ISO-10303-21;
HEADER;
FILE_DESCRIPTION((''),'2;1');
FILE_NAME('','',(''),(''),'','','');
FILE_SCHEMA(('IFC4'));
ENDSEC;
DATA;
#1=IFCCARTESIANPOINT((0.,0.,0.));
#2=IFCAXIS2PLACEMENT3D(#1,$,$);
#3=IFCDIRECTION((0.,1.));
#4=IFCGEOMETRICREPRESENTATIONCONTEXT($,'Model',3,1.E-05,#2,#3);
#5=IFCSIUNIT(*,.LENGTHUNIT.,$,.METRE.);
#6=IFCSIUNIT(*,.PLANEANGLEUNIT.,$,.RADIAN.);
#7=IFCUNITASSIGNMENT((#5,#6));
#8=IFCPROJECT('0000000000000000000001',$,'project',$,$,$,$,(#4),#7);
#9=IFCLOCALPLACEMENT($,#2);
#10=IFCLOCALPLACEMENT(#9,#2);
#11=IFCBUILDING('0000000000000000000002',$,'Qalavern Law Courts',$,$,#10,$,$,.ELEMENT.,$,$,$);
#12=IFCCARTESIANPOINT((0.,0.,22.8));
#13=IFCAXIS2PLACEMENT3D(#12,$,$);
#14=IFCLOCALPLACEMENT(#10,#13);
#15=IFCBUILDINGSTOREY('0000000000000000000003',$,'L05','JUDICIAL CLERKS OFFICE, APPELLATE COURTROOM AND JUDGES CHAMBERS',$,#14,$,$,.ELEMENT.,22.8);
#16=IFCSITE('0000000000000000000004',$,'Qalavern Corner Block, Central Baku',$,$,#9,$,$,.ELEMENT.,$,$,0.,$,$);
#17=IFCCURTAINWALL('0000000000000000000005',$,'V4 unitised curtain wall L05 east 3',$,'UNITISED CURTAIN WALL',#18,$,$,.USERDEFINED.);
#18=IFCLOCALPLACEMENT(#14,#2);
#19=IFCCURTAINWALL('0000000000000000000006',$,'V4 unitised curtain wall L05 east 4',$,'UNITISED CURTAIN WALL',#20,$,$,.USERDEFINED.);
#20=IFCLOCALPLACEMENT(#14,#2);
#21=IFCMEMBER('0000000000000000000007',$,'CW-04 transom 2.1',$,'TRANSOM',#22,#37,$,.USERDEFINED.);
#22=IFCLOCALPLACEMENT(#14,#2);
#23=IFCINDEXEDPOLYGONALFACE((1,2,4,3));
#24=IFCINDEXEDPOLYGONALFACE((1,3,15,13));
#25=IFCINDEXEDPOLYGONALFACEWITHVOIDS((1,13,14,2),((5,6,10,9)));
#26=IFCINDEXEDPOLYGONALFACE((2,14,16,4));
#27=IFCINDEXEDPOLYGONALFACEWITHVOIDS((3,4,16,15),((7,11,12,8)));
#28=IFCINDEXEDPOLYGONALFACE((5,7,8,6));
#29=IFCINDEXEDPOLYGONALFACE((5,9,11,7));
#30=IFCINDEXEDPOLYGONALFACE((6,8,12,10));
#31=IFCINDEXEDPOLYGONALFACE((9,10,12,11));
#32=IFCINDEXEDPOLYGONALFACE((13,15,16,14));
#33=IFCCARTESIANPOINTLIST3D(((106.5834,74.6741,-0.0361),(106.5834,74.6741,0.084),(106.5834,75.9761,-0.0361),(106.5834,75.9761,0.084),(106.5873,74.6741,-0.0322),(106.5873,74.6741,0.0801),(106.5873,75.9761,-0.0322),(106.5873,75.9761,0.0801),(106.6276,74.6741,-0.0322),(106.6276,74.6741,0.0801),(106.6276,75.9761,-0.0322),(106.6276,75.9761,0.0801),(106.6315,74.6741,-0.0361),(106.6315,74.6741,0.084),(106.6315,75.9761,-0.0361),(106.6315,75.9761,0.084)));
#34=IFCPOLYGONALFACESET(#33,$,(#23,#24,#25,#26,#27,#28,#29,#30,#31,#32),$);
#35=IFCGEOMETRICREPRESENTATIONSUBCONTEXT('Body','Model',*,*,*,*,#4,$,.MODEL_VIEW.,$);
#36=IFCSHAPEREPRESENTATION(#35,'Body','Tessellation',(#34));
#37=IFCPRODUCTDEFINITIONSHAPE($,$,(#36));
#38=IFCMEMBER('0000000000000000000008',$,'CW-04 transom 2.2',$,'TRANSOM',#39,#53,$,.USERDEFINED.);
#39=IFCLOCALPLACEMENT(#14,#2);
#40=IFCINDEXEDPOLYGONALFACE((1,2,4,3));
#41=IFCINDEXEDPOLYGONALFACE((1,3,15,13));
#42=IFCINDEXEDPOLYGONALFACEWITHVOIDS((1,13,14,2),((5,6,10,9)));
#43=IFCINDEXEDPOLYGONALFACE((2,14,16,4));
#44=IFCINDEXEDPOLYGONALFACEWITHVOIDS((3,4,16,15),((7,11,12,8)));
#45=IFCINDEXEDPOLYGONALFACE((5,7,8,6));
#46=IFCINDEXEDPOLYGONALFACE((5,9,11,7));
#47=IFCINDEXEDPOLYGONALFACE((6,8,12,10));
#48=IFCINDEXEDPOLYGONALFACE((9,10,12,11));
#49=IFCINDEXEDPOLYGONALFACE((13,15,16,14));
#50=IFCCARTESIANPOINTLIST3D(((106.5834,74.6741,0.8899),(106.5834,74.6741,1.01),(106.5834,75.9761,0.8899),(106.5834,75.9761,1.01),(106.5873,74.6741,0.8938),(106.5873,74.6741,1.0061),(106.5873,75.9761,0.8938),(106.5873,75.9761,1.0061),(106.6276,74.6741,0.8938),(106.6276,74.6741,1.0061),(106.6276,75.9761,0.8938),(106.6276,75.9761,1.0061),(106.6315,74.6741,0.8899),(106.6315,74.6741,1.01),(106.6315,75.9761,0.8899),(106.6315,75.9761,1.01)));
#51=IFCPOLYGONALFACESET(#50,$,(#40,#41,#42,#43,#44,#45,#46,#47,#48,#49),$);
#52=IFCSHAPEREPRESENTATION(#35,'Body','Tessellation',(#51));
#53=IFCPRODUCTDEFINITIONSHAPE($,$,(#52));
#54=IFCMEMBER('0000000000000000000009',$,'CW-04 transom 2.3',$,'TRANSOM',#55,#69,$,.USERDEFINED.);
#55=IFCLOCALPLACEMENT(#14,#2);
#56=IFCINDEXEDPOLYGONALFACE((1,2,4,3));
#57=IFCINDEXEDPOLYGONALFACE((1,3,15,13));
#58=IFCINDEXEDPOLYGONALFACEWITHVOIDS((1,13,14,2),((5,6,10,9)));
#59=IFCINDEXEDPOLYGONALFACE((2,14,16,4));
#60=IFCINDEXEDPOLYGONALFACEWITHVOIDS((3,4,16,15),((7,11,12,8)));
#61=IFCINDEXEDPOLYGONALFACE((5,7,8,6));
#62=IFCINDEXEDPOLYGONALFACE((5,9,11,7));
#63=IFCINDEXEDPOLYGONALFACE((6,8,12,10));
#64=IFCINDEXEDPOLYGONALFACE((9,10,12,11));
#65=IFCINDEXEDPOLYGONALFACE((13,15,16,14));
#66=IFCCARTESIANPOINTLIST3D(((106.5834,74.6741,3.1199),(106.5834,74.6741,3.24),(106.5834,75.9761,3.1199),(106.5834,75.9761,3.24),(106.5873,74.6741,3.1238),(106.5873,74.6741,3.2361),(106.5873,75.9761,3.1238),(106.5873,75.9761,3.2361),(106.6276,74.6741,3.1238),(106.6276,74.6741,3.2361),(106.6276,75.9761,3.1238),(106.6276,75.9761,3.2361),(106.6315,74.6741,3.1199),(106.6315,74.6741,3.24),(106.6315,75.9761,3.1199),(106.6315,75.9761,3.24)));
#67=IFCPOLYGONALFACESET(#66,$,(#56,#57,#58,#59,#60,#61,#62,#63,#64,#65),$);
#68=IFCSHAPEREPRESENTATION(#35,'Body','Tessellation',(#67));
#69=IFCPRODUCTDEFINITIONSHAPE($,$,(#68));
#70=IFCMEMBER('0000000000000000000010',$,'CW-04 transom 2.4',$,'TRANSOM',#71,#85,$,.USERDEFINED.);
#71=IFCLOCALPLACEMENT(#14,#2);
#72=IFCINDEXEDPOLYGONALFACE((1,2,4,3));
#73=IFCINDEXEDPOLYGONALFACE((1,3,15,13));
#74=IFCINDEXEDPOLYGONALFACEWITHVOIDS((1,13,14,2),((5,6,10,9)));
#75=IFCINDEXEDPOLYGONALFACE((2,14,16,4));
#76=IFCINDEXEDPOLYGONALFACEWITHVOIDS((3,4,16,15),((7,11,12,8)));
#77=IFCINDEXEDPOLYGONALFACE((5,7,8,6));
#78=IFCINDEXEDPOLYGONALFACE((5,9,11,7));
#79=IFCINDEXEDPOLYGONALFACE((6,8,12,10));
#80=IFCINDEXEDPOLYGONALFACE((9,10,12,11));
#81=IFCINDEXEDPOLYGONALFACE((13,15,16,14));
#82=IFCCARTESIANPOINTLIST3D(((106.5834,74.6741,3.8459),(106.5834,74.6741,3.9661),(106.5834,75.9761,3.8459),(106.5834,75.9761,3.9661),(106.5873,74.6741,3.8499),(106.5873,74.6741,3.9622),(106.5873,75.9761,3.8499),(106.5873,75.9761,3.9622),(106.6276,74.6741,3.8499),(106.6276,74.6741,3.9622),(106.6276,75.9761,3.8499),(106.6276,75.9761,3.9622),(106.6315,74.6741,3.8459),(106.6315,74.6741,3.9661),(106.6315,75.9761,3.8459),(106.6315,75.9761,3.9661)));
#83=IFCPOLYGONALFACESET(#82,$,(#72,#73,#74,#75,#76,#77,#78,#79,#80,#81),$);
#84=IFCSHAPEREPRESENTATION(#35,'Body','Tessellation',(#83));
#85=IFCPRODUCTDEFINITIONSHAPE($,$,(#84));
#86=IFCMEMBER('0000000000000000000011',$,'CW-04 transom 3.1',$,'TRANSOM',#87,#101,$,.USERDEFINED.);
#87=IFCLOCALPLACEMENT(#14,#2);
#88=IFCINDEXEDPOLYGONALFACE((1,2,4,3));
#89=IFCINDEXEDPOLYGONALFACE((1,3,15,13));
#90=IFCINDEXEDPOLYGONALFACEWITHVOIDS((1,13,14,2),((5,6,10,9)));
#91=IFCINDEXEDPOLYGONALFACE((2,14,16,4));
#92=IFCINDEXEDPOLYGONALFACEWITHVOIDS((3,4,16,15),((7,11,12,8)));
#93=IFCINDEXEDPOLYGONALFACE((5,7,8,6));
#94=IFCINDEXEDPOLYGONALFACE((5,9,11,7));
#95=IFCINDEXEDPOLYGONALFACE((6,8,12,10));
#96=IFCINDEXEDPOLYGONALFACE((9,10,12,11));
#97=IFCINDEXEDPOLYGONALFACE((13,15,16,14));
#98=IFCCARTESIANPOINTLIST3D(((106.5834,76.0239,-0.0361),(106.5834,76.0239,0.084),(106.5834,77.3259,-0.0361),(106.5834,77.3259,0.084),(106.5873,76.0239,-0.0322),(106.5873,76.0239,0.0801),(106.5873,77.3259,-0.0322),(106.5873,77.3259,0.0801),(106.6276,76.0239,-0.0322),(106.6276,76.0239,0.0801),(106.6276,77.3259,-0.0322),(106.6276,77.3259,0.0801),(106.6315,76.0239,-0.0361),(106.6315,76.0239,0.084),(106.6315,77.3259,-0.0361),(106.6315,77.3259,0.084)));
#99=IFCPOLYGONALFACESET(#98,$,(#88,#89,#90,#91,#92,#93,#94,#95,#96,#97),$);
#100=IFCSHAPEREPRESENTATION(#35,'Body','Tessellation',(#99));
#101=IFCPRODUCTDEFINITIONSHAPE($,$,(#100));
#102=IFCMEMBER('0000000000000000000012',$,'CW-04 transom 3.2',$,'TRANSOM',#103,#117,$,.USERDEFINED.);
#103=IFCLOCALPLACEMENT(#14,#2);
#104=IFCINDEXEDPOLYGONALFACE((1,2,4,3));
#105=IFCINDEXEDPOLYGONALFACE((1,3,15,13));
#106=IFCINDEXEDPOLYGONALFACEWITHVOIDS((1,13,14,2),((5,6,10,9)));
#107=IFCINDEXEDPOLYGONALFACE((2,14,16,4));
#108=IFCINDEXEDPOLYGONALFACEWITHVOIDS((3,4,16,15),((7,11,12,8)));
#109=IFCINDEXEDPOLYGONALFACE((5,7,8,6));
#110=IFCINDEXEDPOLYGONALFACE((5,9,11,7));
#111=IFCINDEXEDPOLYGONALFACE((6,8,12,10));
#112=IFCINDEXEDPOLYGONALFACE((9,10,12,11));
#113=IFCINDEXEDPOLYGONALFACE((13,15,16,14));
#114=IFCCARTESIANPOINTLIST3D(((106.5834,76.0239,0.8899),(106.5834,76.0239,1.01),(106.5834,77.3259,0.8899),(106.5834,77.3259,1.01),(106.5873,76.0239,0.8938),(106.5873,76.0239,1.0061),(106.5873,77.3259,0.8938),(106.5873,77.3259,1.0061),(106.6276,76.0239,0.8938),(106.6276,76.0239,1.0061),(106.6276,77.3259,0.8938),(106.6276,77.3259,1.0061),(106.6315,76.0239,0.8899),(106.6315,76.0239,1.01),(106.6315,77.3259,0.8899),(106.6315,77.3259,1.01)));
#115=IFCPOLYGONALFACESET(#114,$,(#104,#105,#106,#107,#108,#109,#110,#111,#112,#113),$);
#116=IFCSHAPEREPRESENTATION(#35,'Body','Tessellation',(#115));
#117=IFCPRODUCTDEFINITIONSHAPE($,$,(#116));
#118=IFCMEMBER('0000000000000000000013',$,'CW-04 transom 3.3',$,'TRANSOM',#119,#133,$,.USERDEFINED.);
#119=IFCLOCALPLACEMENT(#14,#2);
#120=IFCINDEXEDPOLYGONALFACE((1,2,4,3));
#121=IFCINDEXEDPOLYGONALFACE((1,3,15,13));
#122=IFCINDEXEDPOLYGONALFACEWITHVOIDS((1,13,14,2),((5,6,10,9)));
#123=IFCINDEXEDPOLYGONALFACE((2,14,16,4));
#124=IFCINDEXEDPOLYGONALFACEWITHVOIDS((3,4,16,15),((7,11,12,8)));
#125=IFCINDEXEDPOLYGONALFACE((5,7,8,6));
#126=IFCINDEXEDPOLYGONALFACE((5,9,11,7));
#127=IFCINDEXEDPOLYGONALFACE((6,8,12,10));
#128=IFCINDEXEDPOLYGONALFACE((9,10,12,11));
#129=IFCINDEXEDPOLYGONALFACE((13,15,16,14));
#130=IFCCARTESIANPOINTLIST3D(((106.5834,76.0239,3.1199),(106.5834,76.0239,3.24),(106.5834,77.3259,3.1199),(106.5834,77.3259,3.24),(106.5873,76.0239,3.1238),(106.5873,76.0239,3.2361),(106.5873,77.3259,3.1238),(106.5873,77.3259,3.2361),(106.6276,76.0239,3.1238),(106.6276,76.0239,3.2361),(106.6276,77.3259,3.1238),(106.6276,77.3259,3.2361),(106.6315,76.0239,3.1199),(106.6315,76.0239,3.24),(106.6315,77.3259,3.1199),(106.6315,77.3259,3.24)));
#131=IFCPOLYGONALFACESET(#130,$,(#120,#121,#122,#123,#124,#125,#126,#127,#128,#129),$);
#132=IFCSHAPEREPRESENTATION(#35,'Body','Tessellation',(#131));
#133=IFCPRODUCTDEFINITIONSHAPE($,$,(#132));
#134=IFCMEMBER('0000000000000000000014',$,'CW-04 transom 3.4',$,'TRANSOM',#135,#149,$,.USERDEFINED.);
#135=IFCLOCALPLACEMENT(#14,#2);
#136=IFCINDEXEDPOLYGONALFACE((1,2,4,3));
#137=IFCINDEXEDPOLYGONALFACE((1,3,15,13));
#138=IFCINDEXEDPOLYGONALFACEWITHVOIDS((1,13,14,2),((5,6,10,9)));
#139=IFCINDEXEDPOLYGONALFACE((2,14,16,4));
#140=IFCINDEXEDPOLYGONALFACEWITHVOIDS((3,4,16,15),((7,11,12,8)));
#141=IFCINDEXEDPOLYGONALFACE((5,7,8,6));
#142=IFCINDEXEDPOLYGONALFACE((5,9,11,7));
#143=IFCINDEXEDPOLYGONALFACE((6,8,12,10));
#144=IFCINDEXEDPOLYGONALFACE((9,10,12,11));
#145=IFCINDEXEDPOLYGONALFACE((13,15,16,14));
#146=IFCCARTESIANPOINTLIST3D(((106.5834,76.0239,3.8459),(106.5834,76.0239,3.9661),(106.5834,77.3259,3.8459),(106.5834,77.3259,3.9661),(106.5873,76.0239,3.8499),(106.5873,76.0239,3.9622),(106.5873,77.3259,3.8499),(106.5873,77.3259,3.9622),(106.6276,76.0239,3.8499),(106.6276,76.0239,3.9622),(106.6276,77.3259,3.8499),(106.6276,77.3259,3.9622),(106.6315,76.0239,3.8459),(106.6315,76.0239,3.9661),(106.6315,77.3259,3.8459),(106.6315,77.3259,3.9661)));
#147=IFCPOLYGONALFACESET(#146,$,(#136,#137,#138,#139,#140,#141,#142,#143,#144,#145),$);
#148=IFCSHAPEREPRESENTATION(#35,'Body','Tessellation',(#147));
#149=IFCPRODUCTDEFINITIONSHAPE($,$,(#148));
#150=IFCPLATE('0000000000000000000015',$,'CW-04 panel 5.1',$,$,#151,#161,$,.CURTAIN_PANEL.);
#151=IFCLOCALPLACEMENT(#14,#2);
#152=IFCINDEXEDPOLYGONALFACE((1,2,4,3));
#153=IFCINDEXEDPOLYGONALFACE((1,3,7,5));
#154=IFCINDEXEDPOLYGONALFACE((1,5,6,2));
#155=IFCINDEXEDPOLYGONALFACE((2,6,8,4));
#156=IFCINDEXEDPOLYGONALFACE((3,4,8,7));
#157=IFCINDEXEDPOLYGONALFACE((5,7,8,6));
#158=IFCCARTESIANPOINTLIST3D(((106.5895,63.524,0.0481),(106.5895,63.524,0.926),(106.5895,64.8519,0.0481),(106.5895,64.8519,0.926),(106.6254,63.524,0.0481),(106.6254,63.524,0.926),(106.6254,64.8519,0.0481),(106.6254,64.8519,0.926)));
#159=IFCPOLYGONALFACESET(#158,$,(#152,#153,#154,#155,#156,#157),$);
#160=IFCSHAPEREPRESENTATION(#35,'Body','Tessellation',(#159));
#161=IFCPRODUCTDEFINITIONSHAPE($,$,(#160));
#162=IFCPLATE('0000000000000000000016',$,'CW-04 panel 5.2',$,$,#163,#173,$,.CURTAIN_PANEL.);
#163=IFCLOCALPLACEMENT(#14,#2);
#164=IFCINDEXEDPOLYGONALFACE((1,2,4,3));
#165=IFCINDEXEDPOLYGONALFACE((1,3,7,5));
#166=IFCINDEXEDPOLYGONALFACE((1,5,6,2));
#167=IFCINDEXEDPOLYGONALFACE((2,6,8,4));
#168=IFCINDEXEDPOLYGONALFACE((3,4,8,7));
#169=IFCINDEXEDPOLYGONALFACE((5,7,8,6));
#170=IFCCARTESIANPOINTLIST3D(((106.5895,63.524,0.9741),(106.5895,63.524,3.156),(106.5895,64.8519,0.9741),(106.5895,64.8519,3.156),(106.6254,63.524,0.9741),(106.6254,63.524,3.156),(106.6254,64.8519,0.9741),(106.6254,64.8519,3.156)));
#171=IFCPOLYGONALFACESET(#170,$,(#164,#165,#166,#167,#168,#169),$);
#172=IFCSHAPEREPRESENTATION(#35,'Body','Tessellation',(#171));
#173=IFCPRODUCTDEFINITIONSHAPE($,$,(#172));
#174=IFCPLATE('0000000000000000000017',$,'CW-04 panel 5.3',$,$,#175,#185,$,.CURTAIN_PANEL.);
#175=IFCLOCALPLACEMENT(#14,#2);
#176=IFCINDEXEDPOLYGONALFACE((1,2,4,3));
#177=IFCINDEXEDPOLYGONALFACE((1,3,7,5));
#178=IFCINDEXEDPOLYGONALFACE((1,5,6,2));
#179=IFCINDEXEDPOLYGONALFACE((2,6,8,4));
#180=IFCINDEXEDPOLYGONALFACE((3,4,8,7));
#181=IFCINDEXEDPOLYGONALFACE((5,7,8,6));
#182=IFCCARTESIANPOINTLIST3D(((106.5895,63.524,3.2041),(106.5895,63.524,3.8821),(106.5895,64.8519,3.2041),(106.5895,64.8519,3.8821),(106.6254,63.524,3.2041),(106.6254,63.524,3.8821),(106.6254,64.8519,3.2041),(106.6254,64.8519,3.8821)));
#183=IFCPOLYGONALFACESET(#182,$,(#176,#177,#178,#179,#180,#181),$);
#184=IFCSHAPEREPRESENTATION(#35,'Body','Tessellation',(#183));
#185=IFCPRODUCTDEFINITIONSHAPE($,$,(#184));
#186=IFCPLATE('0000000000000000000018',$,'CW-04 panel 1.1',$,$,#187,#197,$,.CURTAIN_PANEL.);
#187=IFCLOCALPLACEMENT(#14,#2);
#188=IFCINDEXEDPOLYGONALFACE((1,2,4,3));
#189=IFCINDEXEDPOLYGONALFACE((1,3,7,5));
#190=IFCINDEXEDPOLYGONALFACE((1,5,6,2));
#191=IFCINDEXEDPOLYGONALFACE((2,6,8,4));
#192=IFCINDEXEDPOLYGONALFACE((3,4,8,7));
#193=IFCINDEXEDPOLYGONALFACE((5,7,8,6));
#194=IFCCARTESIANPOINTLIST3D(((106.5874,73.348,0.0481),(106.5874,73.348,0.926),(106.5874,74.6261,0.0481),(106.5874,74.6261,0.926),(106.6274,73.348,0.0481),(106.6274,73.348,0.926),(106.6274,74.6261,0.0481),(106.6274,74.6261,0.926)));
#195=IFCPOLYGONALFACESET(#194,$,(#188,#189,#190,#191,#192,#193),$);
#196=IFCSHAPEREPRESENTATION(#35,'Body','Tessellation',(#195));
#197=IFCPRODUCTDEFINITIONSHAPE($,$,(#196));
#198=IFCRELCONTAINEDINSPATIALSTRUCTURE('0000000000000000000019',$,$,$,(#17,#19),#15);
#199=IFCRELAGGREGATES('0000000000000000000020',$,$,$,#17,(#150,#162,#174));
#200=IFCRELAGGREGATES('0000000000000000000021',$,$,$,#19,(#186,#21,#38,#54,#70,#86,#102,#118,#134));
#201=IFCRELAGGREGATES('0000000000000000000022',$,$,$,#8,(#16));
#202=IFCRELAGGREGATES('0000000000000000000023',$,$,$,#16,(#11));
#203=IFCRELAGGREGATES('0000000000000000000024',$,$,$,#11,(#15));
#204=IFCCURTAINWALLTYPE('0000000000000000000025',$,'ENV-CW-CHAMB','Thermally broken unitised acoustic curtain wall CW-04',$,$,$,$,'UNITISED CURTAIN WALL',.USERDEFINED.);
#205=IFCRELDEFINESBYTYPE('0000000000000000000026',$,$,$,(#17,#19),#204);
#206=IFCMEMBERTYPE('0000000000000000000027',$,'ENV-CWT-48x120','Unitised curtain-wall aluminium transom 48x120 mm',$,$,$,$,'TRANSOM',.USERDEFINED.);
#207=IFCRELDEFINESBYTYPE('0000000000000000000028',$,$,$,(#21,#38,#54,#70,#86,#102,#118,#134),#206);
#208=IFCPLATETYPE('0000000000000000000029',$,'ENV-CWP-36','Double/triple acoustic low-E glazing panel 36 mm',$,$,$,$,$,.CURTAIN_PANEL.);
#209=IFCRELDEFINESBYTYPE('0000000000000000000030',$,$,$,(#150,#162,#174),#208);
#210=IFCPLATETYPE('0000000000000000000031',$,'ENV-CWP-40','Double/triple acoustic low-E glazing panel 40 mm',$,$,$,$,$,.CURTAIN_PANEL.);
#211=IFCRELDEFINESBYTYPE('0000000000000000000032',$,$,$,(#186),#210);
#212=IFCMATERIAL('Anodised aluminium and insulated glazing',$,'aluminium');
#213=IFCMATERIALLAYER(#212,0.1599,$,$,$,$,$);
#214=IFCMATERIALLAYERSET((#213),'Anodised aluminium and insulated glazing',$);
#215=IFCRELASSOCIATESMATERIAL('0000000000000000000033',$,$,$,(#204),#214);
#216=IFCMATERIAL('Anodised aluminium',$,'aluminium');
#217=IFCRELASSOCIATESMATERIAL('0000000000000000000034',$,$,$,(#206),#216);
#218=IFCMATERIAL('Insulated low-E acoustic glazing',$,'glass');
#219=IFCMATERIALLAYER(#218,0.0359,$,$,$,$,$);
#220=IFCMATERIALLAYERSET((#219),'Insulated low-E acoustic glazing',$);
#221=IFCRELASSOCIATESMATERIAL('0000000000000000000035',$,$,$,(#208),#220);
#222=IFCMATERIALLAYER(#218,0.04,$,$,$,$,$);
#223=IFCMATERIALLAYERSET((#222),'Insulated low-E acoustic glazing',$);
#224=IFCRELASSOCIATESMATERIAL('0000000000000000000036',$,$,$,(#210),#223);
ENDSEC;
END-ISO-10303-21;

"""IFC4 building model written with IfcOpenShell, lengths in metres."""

from ifc_helpers import new_model, si_unit, direction, frame, origin, origin_2d, place, context, subcontext, project, spatial, rectangle, hollow_rectangle, extrude, material, layer, layer_set, material_profile, profile_set, type_object, element, aggregate, save


model = new_model("IFC4")

# Units and contexts
model_context = context("Model", 3, precision=1e-05, world=origin(), true_north=direction((0.0, 1.0)))
body_context = subcontext(model_context, "Body", "Model", "MODEL_VIEW")
ifc_project = project(units=[si_unit("LENGTHUNIT", "METRE"), si_unit("PLANEANGLEUNIT", "RADIAN")], contexts=[model_context])

# Site, building, storey
site_placement = place(None, origin())
site = spatial("IfcSite", under=ifc_project, at=site_placement, Name="Qalavern Corner Block, Central Baku", CompositionType="ELEMENT", RefElevation=0.0)
building_placement = place(site_placement, origin())
building = spatial("IfcBuilding", under=site, at=building_placement, Name="Qalavern Law Courts", CompositionType="ELEMENT")
storey_placement = place(building_placement, frame((0.0, 0.0, 22.8)))
storey = spatial("IfcBuildingStorey", under=building, at=storey_placement, Name="L05", Description="JUDICIAL CLERKS OFFICE, APPELLATE COURTROOM AND JUDGES CHAMBERS", CompositionType="ELEMENT", Elevation=22.8)

# Curtain wall
ifc_material_1 = material(Name="Anodised aluminium and insulated glazing", Category="aluminium")
ifc_layer_1 = layer(ifc_material_1, 0.1599)
ifc_layer_set_1 = layer_set([ifc_layer_1], Name="Anodised aluminium and insulated glazing")
curtain_wall_type = type_object("IfcCurtainWallType", Name="ENV-CW-CHAMB", Description="Thermally broken unitised acoustic curtain wall CW-04", ElementType="UNITISED CURTAIN WALL", PredefinedType="USERDEFINED", material=ifc_layer_set_1)
curtain_wall_1_placement = place(storey_placement, origin())
curtain_wall_1 = element("IfcCurtainWall", 1, at=curtain_wall_1_placement, inside=storey, type_object=curtain_wall_type, Name="V4 unitised curtain wall L05 east 3", ObjectType="UNITISED CURTAIN WALL", PredefinedType="USERDEFINED")
ifc_material_2 = material(Name="Anodised aluminium", Category="aluminium")

# Curtain wall
curtain_wall_2_placement = place(storey_placement, origin())
curtain_wall_2 = element("IfcCurtainWall", 2, at=curtain_wall_2_placement, inside=storey, type_object=curtain_wall_type, Name="V4 unitised curtain wall L05 east 4", ObjectType="UNITISED CURTAIN WALL", PredefinedType="USERDEFINED")

# Members
ifc_material_profile_1 = material_profile(ifc_material_2, hollow_rectangle(XDim=0.0481, YDim=0.1201, WallThickness=0.0039, at=origin_2d()), Name="ALU TRANSOM 48x120")
ifc_profile_set_1 = profile_set([ifc_material_profile_1], Name="Anodised aluminium")
member_type_1 = type_object("IfcMemberType", Name="ENV-CWT-48x120", Description="Unitised curtain-wall aluminium transom 48x120 mm", ElementType="TRANSOM", PredefinedType="USERDEFINED", material=ifc_profile_set_1)
member_1_placement = place(storey_placement, frame((106.6074, 74.6741, 0.0239), z_axis=(0.0, 1.0, 0.0), x_axis=(-1.0, 0.0, 0.0)))
member_1 = element("IfcMember", 3, at=member_1_placement, type_object=member_type_1, Name="CW-04 transom 2.1", ObjectType="TRANSOM", PredefinedType="USERDEFINED", context=body_context, shape_type="SweptSolid", body=[
    extrude(hollow_rectangle(XDim=0.0481, YDim=0.1201, WallThickness=0.0039, at=origin_2d()), origin(), (0.0, 0.0, 1.0), 1.302),
])
member_2_placement = place(storey_placement, frame((106.6074, 74.6741, 0.95), z_axis=(0.0, 1.0, 0.0), x_axis=(-1.0, 0.0, 0.0)))
member_2 = element("IfcMember", 4, at=member_2_placement, type_object=member_type_1, Name="CW-04 transom 2.2", ObjectType="TRANSOM", PredefinedType="USERDEFINED", context=body_context, shape_type="SweptSolid", body=[
    extrude(hollow_rectangle(XDim=0.0481, YDim=0.1201, WallThickness=0.0039, at=origin_2d()), origin(), (0.0, 0.0, 1.0), 1.302),
])
member_3_placement = place(storey_placement, frame((106.6074, 74.6741, 3.1799), z_axis=(0.0, 1.0, 0.0), x_axis=(-1.0, 0.0, 0.0)))
member_3 = element("IfcMember", 5, at=member_3_placement, type_object=member_type_1, Name="CW-04 transom 2.3", ObjectType="TRANSOM", PredefinedType="USERDEFINED", context=body_context, shape_type="SweptSolid", body=[
    extrude(hollow_rectangle(XDim=0.0481, YDim=0.1201, WallThickness=0.0039, at=origin_2d()), origin(), (0.0, 0.0, 1.0), 1.302),
])
member_4_placement = place(storey_placement, frame((106.6074, 74.6741, 3.906), z_axis=(0.0, 1.0, 0.0), x_axis=(-1.0, 0.0, 0.0)))
member_4 = element("IfcMember", 6, at=member_4_placement, type_object=member_type_1, Name="CW-04 transom 2.4", ObjectType="TRANSOM", PredefinedType="USERDEFINED", context=body_context, shape_type="SweptSolid", body=[
    extrude(hollow_rectangle(XDim=0.0481, YDim=0.1201, WallThickness=0.0039, at=origin_2d()), origin(), (0.0, 0.0, 1.0), 1.302),
])
member_5_placement = place(storey_placement, frame((106.6074, 76.0239, 0.0239), z_axis=(0.0, 1.0, 0.0), x_axis=(-1.0, 0.0, 0.0)))
member_5 = element("IfcMember", 7, at=member_5_placement, type_object=member_type_1, Name="CW-04 transom 3.1", ObjectType="TRANSOM", PredefinedType="USERDEFINED", context=body_context, shape_type="SweptSolid", body=[
    extrude(hollow_rectangle(XDim=0.0481, YDim=0.1201, WallThickness=0.0039, at=origin_2d()), origin(), (0.0, 0.0, 1.0), 1.302),
])
member_6_placement = place(storey_placement, frame((106.6074, 76.0239, 0.95), z_axis=(0.0, 1.0, 0.0), x_axis=(-1.0, 0.0, 0.0)))
member_6 = element("IfcMember", 8, at=member_6_placement, type_object=member_type_1, Name="CW-04 transom 3.2", ObjectType="TRANSOM", PredefinedType="USERDEFINED", context=body_context, shape_type="SweptSolid", body=[
    extrude(hollow_rectangle(XDim=0.0481, YDim=0.1201, WallThickness=0.0039, at=origin_2d()), origin(), (0.0, 0.0, 1.0), 1.302),
])
member_7_placement = place(storey_placement, frame((106.6074, 76.0239, 3.1799), z_axis=(0.0, 1.0, 0.0), x_axis=(-1.0, 0.0, 0.0)))
member_7 = element("IfcMember", 9, at=member_7_placement, type_object=member_type_1, Name="CW-04 transom 3.3", ObjectType="TRANSOM", PredefinedType="USERDEFINED", context=body_context, shape_type="SweptSolid", body=[
    extrude(hollow_rectangle(XDim=0.0481, YDim=0.1201, WallThickness=0.0039, at=origin_2d()), origin(), (0.0, 0.0, 1.0), 1.302),
])
member_8_placement = place(storey_placement, frame((106.6074, 76.0239, 3.906), z_axis=(0.0, 1.0, 0.0), x_axis=(-1.0, 0.0, 0.0)))
member_8 = element("IfcMember", 10, at=member_8_placement, type_object=member_type_1, Name="CW-04 transom 3.4", ObjectType="TRANSOM", PredefinedType="USERDEFINED", context=body_context, shape_type="SweptSolid", body=[
    extrude(hollow_rectangle(XDim=0.0481, YDim=0.1201, WallThickness=0.0039, at=origin_2d()), origin(), (0.0, 0.0, 1.0), 1.302),
])

# Plates
ifc_material_3 = material(Name="Insulated low-E acoustic glazing", Category="glass")
ifc_layer_2 = layer(ifc_material_3, 0.0359)
ifc_layer_set_2 = layer_set([ifc_layer_2], Name="Insulated low-E acoustic glazing")
plate_type_1 = type_object("IfcPlateType", Name="ENV-CWP-36", Description="Double/triple acoustic low-E glazing panel 36 mm", PredefinedType="CURTAIN_PANEL", material=ifc_layer_set_2)
plate_1_placement = place(storey_placement, frame((106.6074, 64.188, 0.0481), z_axis=(0.0, 0.0, 1.0), x_axis=(0.0, 1.0, 0.0)))
plate_1 = element("IfcPlate", 11, at=plate_1_placement, type_object=plate_type_1, Name="CW-04 panel 5.1", PredefinedType="CURTAIN_PANEL", context=body_context, shape_type="SweptSolid", body=[
    extrude(rectangle(XDim=1.3279, YDim=0.0359, at=origin_2d()), origin(), (0.0, 0.0, 1.0), 0.8779),
])
plate_2_placement = place(storey_placement, frame((106.6074, 64.188, 0.9741), z_axis=(0.0, 0.0, 1.0), x_axis=(0.0, 1.0, 0.0)))
plate_2 = element("IfcPlate", 12, at=plate_2_placement, type_object=plate_type_1, Name="CW-04 panel 5.2", PredefinedType="CURTAIN_PANEL", context=body_context, shape_type="SweptSolid", body=[
    extrude(rectangle(XDim=1.3279, YDim=0.0359, at=origin_2d()), origin(), (0.0, 0.0, 1.0), 2.1819),
])
plate_3_placement = place(storey_placement, frame((106.6074, 64.188, 3.2041), z_axis=(0.0, 0.0, 1.0), x_axis=(0.0, 1.0, 0.0)))
plate_3 = element("IfcPlate", 13, at=plate_3_placement, type_object=plate_type_1, Name="CW-04 panel 5.3", PredefinedType="CURTAIN_PANEL", context=body_context, shape_type="SweptSolid", body=[
    extrude(rectangle(XDim=1.3279, YDim=0.0359, at=origin_2d()), origin(), (0.0, 0.0, 1.0), 0.678),
])
aggregate(curtain_wall_1, [plate_1, plate_2, plate_3])
ifc_layer_3 = layer(ifc_material_3, 0.04)
ifc_layer_set_3 = layer_set([ifc_layer_3], Name="Insulated low-E acoustic glazing")
plate_type_2 = type_object("IfcPlateType", Name="ENV-CWP-40", Description="Double/triple acoustic low-E glazing panel 40 mm", PredefinedType="CURTAIN_PANEL", material=ifc_layer_set_3)
plate_4_placement = place(storey_placement, frame((106.6074, 73.9871, 0.0481), z_axis=(0.0, 0.0, 1.0), x_axis=(0.0, 1.0, 0.0)))
plate_4 = element("IfcPlate", 14, at=plate_4_placement, type_object=plate_type_2, Name="CW-04 panel 1.1", PredefinedType="CURTAIN_PANEL", context=body_context, shape_type="SweptSolid", body=[
    extrude(rectangle(XDim=1.2781, YDim=0.04, at=origin_2d()), origin(), (0.0, 0.0, 1.0), 0.8779),
])
aggregate(curtain_wall_2, [plate_4, member_1, member_2, member_3, member_4, member_5, member_6, member_7, member_8])

save(model, "model.ifc")
